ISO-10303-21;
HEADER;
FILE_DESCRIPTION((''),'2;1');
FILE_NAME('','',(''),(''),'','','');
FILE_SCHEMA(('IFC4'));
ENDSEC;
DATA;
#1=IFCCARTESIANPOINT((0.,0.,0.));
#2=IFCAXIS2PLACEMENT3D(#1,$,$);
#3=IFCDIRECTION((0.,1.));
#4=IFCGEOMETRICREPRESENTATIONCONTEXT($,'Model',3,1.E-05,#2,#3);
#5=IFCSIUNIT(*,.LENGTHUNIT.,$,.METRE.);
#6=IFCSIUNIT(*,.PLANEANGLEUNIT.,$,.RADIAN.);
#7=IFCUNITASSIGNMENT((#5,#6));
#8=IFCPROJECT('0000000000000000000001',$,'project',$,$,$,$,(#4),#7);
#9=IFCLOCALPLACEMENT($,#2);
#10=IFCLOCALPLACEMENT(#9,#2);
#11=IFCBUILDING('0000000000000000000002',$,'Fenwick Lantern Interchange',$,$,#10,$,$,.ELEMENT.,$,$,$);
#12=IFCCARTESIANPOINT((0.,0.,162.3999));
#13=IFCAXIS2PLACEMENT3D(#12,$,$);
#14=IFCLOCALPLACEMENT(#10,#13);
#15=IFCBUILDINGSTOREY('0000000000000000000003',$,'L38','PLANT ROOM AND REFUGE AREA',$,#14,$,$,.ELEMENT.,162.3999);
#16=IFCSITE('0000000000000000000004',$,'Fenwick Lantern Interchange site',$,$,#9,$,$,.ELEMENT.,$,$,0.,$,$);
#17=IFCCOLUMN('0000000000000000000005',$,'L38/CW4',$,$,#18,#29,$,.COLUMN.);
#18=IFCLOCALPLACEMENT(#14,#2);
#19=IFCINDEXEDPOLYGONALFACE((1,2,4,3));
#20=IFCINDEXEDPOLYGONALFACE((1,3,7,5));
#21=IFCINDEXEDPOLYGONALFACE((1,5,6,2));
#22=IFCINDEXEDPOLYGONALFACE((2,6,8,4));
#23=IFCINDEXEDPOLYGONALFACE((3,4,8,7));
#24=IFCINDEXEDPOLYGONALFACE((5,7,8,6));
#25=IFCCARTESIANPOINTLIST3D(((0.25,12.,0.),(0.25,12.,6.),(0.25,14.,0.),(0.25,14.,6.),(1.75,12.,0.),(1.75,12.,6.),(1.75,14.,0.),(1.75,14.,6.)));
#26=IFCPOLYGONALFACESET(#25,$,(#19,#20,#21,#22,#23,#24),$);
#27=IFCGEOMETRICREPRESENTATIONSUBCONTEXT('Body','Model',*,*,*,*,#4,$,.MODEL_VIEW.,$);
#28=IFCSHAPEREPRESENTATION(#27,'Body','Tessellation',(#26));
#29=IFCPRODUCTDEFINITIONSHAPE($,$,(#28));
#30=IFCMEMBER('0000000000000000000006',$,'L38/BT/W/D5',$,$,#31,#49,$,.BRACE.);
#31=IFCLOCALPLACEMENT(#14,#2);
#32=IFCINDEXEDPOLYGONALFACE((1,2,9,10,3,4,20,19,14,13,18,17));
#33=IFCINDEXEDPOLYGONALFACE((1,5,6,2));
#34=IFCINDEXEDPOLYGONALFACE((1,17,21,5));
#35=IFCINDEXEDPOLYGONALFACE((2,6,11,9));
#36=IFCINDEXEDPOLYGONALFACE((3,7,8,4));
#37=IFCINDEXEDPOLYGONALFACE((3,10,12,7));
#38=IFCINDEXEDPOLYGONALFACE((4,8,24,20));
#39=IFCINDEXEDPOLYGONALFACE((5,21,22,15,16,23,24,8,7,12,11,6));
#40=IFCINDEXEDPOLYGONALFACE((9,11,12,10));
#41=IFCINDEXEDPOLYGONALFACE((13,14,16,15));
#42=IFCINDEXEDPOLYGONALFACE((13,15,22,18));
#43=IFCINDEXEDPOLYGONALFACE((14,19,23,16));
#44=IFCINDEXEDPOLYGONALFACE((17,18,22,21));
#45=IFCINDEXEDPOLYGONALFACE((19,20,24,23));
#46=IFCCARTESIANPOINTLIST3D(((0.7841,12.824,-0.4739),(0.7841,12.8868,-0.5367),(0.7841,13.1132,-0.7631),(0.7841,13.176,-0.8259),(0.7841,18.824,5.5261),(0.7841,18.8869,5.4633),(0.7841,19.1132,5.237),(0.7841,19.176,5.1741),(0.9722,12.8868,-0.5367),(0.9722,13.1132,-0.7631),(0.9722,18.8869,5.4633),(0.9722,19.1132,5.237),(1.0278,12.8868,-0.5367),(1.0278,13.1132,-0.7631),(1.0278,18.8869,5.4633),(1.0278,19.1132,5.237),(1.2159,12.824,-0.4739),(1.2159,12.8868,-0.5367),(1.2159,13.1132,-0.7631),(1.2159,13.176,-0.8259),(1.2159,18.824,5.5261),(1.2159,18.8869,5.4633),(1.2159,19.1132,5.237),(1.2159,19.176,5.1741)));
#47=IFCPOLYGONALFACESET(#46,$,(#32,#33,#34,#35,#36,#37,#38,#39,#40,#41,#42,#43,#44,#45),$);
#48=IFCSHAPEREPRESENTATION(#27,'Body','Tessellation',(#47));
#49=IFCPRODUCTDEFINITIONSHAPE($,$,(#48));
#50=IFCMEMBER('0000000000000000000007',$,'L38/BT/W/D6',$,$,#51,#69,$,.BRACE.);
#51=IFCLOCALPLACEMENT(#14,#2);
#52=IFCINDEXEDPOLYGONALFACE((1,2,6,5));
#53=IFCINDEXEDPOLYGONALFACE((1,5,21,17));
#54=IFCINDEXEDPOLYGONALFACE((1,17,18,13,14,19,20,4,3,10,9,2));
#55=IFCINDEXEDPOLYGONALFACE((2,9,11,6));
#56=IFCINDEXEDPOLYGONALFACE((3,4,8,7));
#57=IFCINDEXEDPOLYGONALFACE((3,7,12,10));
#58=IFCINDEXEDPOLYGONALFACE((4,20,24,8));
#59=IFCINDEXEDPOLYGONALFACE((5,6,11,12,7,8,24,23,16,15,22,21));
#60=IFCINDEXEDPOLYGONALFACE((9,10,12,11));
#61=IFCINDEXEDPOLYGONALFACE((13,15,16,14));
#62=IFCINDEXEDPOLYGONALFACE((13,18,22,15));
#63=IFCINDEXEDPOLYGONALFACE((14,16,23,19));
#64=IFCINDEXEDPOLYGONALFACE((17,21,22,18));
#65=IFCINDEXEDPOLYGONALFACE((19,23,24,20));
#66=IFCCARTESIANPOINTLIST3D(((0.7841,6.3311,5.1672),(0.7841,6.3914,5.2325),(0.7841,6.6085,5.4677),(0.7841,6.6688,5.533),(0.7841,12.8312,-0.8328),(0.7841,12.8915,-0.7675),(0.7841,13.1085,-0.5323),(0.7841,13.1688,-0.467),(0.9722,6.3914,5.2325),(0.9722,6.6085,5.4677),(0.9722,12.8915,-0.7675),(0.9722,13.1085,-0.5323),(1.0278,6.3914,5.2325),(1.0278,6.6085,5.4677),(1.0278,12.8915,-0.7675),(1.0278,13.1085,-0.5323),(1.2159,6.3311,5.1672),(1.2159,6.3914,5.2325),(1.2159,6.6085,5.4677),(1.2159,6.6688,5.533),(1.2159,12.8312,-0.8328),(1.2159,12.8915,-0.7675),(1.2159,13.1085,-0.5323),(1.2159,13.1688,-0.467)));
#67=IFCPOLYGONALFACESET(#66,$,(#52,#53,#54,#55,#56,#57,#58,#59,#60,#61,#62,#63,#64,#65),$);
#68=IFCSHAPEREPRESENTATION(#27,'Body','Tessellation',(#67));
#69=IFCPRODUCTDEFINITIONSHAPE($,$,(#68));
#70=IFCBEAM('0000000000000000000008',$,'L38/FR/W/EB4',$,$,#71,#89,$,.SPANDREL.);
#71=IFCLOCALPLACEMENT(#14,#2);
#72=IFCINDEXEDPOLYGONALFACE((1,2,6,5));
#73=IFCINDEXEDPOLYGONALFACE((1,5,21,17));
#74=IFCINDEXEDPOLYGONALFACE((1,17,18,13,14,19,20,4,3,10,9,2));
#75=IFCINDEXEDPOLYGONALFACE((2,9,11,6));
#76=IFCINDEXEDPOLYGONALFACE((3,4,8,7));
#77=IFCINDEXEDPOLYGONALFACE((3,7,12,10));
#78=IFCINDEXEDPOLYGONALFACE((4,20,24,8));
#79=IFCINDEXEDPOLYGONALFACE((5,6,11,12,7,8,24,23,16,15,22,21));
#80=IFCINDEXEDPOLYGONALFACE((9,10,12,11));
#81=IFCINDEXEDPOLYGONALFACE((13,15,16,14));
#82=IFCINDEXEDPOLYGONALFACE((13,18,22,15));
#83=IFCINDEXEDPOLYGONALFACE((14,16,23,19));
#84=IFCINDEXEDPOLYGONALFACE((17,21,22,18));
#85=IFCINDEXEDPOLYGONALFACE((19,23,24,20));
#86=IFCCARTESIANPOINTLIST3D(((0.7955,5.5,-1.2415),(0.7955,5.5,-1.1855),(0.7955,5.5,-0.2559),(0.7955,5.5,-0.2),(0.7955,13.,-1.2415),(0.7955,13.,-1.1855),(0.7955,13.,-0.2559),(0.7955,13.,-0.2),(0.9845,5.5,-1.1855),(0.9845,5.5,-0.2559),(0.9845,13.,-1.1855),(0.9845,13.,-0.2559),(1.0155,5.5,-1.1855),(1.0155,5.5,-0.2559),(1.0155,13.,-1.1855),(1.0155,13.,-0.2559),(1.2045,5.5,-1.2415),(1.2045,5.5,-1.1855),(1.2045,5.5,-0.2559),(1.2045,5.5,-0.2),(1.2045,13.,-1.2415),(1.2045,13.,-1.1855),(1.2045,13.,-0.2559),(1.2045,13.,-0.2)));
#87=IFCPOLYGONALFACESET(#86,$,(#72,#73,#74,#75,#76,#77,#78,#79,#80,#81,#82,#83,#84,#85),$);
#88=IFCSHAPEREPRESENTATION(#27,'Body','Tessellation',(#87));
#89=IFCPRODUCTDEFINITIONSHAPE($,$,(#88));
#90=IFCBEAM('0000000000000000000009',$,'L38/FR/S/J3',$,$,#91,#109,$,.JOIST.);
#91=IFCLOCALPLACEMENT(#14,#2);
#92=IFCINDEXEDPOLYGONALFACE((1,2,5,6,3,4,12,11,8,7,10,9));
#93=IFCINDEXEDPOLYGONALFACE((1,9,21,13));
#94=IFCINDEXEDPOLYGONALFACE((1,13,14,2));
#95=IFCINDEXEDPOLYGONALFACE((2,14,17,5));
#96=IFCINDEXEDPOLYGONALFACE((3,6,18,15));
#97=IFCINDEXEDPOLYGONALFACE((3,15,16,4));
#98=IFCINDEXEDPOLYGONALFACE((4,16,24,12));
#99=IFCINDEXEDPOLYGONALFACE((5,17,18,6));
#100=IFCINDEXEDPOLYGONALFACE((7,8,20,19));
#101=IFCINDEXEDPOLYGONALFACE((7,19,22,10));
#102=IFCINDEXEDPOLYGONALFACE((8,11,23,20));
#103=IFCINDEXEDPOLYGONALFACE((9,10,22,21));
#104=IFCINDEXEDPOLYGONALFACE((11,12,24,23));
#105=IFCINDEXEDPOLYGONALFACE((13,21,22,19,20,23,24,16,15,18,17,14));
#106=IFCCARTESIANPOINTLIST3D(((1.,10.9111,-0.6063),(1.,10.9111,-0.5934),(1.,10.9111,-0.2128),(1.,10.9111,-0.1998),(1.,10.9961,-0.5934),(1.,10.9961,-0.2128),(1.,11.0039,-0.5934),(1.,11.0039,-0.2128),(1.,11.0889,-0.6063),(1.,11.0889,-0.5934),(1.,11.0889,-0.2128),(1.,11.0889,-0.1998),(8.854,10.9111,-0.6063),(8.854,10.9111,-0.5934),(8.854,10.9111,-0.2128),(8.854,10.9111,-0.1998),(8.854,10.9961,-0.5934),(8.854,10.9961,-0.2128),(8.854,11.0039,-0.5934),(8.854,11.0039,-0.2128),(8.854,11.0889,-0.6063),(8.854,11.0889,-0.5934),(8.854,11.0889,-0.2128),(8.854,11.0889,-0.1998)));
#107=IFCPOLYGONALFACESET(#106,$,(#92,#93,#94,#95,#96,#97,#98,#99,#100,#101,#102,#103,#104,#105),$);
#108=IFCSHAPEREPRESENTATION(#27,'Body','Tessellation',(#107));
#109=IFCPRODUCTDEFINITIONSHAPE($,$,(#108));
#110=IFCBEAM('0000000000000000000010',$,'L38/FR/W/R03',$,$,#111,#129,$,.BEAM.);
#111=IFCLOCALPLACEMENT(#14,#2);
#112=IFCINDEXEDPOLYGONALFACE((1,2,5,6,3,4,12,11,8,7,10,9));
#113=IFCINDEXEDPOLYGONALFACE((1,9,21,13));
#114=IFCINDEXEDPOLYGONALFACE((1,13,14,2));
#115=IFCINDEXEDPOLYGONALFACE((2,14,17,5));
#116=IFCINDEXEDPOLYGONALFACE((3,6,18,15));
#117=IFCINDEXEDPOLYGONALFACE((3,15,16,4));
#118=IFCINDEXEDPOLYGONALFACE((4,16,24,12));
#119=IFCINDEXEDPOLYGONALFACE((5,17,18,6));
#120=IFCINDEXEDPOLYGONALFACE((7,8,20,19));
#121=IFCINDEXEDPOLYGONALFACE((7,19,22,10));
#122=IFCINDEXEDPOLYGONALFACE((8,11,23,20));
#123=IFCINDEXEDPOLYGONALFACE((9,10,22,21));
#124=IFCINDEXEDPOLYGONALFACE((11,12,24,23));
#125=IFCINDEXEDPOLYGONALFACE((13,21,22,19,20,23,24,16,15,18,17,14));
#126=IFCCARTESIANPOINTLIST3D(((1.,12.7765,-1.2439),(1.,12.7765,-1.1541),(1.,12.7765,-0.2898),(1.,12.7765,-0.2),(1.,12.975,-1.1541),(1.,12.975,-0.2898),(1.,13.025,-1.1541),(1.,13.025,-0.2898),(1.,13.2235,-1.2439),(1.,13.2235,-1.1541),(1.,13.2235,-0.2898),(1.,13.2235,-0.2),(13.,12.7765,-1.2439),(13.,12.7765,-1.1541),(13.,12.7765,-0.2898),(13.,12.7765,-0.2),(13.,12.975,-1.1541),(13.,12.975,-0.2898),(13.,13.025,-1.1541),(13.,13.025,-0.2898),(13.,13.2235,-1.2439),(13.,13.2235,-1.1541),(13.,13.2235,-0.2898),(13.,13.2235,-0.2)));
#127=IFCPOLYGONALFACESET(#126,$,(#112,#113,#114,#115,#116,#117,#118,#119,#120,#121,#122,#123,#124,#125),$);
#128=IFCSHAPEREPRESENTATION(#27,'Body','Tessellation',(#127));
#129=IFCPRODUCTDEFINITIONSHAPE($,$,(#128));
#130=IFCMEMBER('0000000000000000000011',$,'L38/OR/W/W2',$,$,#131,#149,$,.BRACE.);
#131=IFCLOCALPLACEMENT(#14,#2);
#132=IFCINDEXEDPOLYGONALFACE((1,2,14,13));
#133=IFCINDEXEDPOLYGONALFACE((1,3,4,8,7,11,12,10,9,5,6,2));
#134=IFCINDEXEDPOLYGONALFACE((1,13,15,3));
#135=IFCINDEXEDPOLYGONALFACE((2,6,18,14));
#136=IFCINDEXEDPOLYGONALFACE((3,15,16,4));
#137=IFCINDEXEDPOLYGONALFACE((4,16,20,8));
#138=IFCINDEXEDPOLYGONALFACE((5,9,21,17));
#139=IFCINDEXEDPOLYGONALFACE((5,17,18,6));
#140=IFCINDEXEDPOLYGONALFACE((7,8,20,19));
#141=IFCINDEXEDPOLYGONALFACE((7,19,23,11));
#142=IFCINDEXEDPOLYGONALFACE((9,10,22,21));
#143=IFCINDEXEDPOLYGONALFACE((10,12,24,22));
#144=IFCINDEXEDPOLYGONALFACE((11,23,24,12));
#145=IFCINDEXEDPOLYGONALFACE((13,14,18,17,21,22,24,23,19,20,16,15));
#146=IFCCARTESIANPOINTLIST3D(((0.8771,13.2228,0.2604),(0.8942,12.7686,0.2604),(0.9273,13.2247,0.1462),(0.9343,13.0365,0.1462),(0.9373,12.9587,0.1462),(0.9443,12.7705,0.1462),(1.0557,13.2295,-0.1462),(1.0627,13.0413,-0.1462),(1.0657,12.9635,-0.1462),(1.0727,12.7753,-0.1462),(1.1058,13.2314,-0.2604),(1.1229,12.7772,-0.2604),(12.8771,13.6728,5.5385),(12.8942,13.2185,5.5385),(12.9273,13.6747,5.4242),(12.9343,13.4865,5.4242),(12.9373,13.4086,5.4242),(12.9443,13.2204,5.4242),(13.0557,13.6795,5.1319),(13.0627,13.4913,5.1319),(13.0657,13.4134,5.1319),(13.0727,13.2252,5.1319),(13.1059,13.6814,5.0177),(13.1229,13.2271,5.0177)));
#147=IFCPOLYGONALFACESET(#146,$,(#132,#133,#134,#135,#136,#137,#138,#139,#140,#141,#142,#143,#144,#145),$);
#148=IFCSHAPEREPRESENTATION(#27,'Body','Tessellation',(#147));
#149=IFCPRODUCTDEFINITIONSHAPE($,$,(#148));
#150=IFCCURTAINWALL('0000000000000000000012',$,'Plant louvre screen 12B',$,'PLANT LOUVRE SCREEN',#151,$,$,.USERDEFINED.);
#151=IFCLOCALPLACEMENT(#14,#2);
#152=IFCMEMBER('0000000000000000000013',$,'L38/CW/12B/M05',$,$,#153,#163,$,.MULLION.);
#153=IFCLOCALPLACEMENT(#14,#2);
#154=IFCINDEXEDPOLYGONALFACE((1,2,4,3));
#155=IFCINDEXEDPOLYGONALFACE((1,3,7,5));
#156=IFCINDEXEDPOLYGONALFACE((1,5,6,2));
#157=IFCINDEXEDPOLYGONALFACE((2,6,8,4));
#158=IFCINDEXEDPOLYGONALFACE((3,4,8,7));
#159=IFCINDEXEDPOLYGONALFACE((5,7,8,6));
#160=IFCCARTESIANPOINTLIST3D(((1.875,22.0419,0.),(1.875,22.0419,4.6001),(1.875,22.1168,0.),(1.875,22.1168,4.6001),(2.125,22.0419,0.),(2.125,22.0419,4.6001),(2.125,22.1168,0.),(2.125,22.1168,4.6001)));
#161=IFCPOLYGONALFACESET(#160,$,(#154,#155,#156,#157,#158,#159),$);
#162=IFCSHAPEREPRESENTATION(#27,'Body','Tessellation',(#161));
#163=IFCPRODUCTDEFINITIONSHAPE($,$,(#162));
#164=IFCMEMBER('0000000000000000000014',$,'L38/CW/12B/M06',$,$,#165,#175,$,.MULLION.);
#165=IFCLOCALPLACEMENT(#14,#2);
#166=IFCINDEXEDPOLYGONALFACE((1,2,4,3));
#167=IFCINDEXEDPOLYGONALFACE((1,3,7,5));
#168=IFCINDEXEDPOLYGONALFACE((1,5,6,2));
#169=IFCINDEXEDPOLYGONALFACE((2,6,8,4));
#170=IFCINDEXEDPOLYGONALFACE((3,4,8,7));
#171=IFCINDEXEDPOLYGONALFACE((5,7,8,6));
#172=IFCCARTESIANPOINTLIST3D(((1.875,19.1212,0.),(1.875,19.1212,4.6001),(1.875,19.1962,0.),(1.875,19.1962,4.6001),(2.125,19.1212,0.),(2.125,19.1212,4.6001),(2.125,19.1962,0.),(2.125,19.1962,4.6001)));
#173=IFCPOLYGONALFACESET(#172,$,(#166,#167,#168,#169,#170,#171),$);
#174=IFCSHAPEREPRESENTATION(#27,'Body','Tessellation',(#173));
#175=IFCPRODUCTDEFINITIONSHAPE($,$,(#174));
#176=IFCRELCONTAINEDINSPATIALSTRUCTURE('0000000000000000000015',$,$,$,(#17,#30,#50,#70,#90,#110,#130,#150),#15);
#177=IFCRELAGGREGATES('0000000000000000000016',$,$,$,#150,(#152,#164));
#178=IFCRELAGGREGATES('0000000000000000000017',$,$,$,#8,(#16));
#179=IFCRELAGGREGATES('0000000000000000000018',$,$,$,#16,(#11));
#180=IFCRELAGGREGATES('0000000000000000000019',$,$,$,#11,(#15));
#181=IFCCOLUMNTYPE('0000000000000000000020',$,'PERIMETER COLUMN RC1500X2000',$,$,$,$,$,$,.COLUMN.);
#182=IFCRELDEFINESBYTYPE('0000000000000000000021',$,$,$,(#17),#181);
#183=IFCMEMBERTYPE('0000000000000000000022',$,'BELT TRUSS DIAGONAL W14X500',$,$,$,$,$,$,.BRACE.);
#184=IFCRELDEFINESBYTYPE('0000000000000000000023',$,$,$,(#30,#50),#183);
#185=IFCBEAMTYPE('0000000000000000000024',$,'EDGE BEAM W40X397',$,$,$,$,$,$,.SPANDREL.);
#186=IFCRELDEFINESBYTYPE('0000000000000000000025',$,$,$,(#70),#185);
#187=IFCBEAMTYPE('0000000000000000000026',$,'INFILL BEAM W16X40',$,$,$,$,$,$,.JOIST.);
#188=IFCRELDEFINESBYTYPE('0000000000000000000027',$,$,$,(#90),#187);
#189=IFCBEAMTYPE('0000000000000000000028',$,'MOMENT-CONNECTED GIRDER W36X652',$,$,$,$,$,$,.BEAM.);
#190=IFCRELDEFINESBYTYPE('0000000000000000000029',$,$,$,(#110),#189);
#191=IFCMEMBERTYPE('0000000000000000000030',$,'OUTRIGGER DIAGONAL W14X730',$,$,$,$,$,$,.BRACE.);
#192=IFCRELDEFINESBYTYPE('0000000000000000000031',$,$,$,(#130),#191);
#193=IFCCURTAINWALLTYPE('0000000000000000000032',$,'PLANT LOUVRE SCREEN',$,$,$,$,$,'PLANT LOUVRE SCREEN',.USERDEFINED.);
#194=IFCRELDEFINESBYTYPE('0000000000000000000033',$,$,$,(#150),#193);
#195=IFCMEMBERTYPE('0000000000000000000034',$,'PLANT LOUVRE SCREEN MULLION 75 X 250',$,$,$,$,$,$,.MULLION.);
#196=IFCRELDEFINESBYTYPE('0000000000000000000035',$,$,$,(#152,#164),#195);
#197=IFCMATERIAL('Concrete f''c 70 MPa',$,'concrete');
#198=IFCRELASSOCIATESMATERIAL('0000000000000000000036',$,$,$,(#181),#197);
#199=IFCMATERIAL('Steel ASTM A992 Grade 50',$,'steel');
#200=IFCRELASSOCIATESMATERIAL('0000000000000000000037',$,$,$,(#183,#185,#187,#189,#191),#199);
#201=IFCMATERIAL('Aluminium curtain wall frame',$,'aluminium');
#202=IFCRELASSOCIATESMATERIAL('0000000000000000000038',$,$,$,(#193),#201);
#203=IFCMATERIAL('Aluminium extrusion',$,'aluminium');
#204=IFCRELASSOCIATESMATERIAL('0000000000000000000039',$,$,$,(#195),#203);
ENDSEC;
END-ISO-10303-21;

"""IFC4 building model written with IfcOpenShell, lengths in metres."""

from ifc_helpers import new_model, si_unit, direction, frame, origin, origin_2d, place, context, subcontext, project, spatial, rectangle, i_section, extrude, material, material_profile, profile_set, type_object, element, aggregate, save


model = new_model("IFC4")

# Units and contexts
model_context = context("Model", 3, precision=1e-05, world=origin(), true_north=direction((0.0, 1.0)))
body_context = subcontext(model_context, "Body", "Model", "MODEL_VIEW")
ifc_project = project(units=[si_unit("LENGTHUNIT", "METRE"), si_unit("PLANEANGLEUNIT", "RADIAN")], contexts=[model_context])

# Site, building, storey
site_placement = place(None, origin())
site = spatial("IfcSite", under=ifc_project, at=site_placement, Name="Fenwick Lantern Interchange site", CompositionType="ELEMENT", RefElevation=0.0)
building_placement = place(site_placement, origin())
building = spatial("IfcBuilding", under=site, at=building_placement, Name="Fenwick Lantern Interchange", CompositionType="ELEMENT")
storey_placement = place(building_placement, frame((0.0, 0.0, 162.3999)))
storey = spatial("IfcBuildingStorey", under=building, at=storey_placement, Name="L38", Description="PLANT ROOM AND REFUGE AREA", CompositionType="ELEMENT", Elevation=162.3999)

# Column
ifc_material_1 = material(Name="Concrete f'c 70 MPa", Category="concrete")
ifc_material_profile_1 = material_profile(ifc_material_1, rectangle(XDim=1.5, YDim=2.0, at=origin_2d()), Name="RC1500X2000")
ifc_profile_set_1 = profile_set([ifc_material_profile_1], Name="Concrete f'c 70 MPa")
column_type = type_object("IfcColumnType", Name="PERIMETER COLUMN RC1500X2000", PredefinedType="COLUMN", material=ifc_profile_set_1)
column_placement = place(storey_placement, frame((1.0, 13.0, 0.0), z_axis=(0.0, 0.0, 1.0), x_axis=(1.0, 0.0, 0.0)))
element("IfcColumn", 1, at=column_placement, inside=storey, type_object=column_type, Name="L38/CW4", PredefinedType="COLUMN", context=body_context, shape_type="SweptSolid", body=[
    extrude(rectangle(XDim=1.5, YDim=2.0, at=origin_2d()), origin(), (0.0, 0.0, 1.0), 6.0),
])

# Members
ifc_material_2 = material(Name="Steel ASTM A992 Grade 50", Category="steel")
ifc_material_profile_2 = material_profile(ifc_material_2, i_section(OverallWidth=0.4319, OverallDepth=0.4978, WebThickness=0.0557, FlangeThickness=0.0889, at=origin_2d()), Name="W14X500")
ifc_profile_set_2 = profile_set([ifc_material_profile_2], Name="Steel ASTM A992 Grade 50")
member_type_1 = type_object("IfcMemberType", Name="BELT TRUSS DIAGONAL W14X500", PredefinedType="BRACE", material=ifc_profile_set_2)
member_1_placement = place(storey_placement, frame((1.0, 13.0, -0.6499), z_axis=(0.0, 0.707107, 0.707107), x_axis=(-1.0, 0.0, 0.0)))
element("IfcMember", 2, at=member_1_placement, inside=storey, type_object=member_type_1, Name="L38/BT/W/D5", PredefinedType="BRACE", context=body_context, shape_type="SweptSolid", body=[
    extrude(i_section(OverallWidth=0.4319, OverallDepth=0.4978, WebThickness=0.0557, FlangeThickness=0.0889, at=origin_2d()), origin(), (0.0, 0.0, 1.0), 8.4854),
])
member_2_placement = place(storey_placement, frame((1.0, 13.0, -0.6499), z_axis=(0.0, -0.734803, 0.67828), x_axis=(1.0, 0.0, 0.0)))
element("IfcMember", 3, at=member_2_placement, inside=storey, type_object=member_type_1, Name="L38/BT/W/D6", PredefinedType="BRACE", context=body_context, shape_type="SweptSolid", body=[
    extrude(i_section(OverallWidth=0.4319, OverallDepth=0.4978, WebThickness=0.0557, FlangeThickness=0.0889, at=origin_2d()), origin(), (0.0, 0.0, 1.0), 8.8459),
])

# Beams
ifc_material_profile_3 = material_profile(ifc_material_2, i_section(OverallWidth=0.4089, OverallDepth=1.0415, WebThickness=0.031, FlangeThickness=0.0559, at=origin_2d()), Name="W40X397")
ifc_profile_set_3 = profile_set([ifc_material_profile_3], Name="Steel ASTM A992 Grade 50")
beam_type_1 = type_object("IfcBeamType", Name="EDGE BEAM W40X397", PredefinedType="SPANDREL", material=ifc_profile_set_3)
beam_1_placement = place(storey_placement, frame((1.0, 13.0, -0.7207), z_axis=(0.0, -1.0, 0.0), x_axis=(1.0, 0.0, 0.0)))
element("IfcBeam", 4, at=beam_1_placement, inside=storey, type_object=beam_type_1, Name="L38/FR/W/EB4", PredefinedType="SPANDREL", context=body_context, shape_type="SweptSolid", body=[
    extrude(i_section(OverallWidth=0.4089, OverallDepth=1.0415, WebThickness=0.031, FlangeThickness=0.0559, at=origin_2d()), origin(), (0.0, 0.0, 1.0), 7.5),
])
ifc_material_profile_4 = material_profile(ifc_material_2, i_section(OverallWidth=0.1777, OverallDepth=0.4065, WebThickness=0.0078, FlangeThickness=0.0129, at=origin_2d()), Name="W16X40")
ifc_profile_set_4 = profile_set([ifc_material_profile_4], Name="Steel ASTM A992 Grade 50")
beam_type_2 = type_object("IfcBeamType", Name="INFILL BEAM W16X40", PredefinedType="JOIST", material=ifc_profile_set_4)
beam_2_placement = place(storey_placement, frame((1.0, 11.0, -0.4031), z_axis=(1.0, 0.0, 0.0), x_axis=(0.0, 1.0, 0.0)))
element("IfcBeam", 5, at=beam_2_placement, inside=storey, type_object=beam_type_2, Name="L38/FR/S/J3", PredefinedType="JOIST", context=body_context, shape_type="SweptSolid", body=[
    extrude(i_section(OverallWidth=0.1777, OverallDepth=0.4065, WebThickness=0.0078, FlangeThickness=0.0129, at=origin_2d()), origin(), (0.0, 0.0, 1.0), 7.854),
])
ifc_material_profile_5 = material_profile(ifc_material_2, i_section(OverallWidth=0.447, OverallDepth=1.0439, WebThickness=0.05, FlangeThickness=0.0898, at=origin_2d()), Name="W36X652")
ifc_profile_set_5 = profile_set([ifc_material_profile_5], Name="Steel ASTM A992 Grade 50")
beam_type_3 = type_object("IfcBeamType", Name="MOMENT-CONNECTED GIRDER W36X652", PredefinedType="BEAM", material=ifc_profile_set_5)
beam_3_placement = place(storey_placement, frame((1.0, 13.0, -0.7219), z_axis=(1.0, 0.0, 0.0), x_axis=(0.0, 1.0, 0.0)))
element("IfcBeam", 6, at=beam_3_placement, inside=storey, type_object=beam_type_3, Name="L38/FR/W/R03", PredefinedType="BEAM", context=body_context, shape_type="SweptSolid", body=[
    extrude(i_section(OverallWidth=0.447, OverallDepth=1.0439, WebThickness=0.05, FlangeThickness=0.0898, at=origin_2d()), origin(), (0.0, 0.0, 1.0), 12.0),
])

# Member
ifc_material_profile_6 = material_profile(ifc_material_2, i_section(OverallWidth=0.4546, OverallDepth=0.5688, WebThickness=0.0779, FlangeThickness=0.1248, at=origin_2d()), Name="W14X730")
ifc_profile_set_6 = profile_set([ifc_material_profile_6], Name="Steel ASTM A992 Grade 50")
member_type_2 = type_object("IfcMemberType", Name="OUTRIGGER DIAGONAL W14X730", PredefinedType="BRACE", material=ifc_profile_set_6)
member_3_placement = place(storey_placement, frame((1.0, 13.0, 0.0), z_axis=(0.91483, 0.034302, 0.402379), x_axis=(-0.03747, 0.999298, 0.0)))
element("IfcMember", 7, at=member_3_placement, inside=storey, type_object=member_type_2, Name="L38/OR/W/W2", PredefinedType="BRACE", context=body_context, shape_type="SweptSolid", body=[
    extrude(i_section(OverallWidth=0.4546, OverallDepth=0.5688, WebThickness=0.0779, FlangeThickness=0.1248, at=origin_2d()), origin(), (0.0, 0.0, 1.0), 13.1172),
])

# Curtain wall, members
ifc_material_3 = material(Name="Aluminium curtain wall frame", Category="aluminium")
curtain_wall_type = type_object("IfcCurtainWallType", Name="PLANT LOUVRE SCREEN", ElementType="PLANT LOUVRE SCREEN", PredefinedType="USERDEFINED", material=ifc_material_3)
curtain_wall_1_placement = place(storey_placement, origin())
curtain_wall_1 = element("IfcCurtainWall", 8, at=curtain_wall_1_placement, inside=storey, type_object=curtain_wall_type, Name="Plant louvre screen 12B", ObjectType="PLANT LOUVRE SCREEN", PredefinedType="USERDEFINED")
ifc_material_4 = material(Name="Aluminium extrusion", Category="aluminium")
ifc_material_profile_7 = material_profile(ifc_material_4, rectangle(XDim=0.25, YDim=0.075, at=origin_2d()), Name="PLANT LOUVRE SCREEN MULLION 75 X 250")
ifc_profile_set_7 = profile_set([ifc_material_profile_7], Name="Aluminium extrusion")
member_type_3 = type_object("IfcMemberType", Name="PLANT LOUVRE SCREEN MULLION 75 X 250", PredefinedType="MULLION", material=ifc_profile_set_7)
member_4_placement = place(storey_placement, frame((2.0, 22.0793, 0.0), z_axis=(0.0, 0.0, 1.0), x_axis=(1.0, 0.0, 0.0)))
member_4 = element("IfcMember", 9, at=member_4_placement, type_object=member_type_3, Name="L38/CW/12B/M05", PredefinedType="MULLION", context=body_context, shape_type="SweptSolid", body=[
    extrude(rectangle(XDim=0.25, YDim=0.075, at=origin_2d()), origin(), (0.0, 0.0, 1.0), 4.6001),
])
member_5_placement = place(storey_placement, frame((2.0, 19.1587, 0.0), z_axis=(0.0, 0.0, 1.0), x_axis=(1.0, 0.0, 0.0)))
member_5 = element("IfcMember", 10, at=member_5_placement, type_object=member_type_3, Name="L38/CW/12B/M06", PredefinedType="MULLION", context=body_context, shape_type="SweptSolid", body=[
    extrude(rectangle(XDim=0.25, YDim=0.075, at=origin_2d()), origin(), (0.0, 0.0, 1.0), 4.6001),
])

aggregate(curtain_wall_1, [member_4, member_5])

save(model, "model.ifc")
